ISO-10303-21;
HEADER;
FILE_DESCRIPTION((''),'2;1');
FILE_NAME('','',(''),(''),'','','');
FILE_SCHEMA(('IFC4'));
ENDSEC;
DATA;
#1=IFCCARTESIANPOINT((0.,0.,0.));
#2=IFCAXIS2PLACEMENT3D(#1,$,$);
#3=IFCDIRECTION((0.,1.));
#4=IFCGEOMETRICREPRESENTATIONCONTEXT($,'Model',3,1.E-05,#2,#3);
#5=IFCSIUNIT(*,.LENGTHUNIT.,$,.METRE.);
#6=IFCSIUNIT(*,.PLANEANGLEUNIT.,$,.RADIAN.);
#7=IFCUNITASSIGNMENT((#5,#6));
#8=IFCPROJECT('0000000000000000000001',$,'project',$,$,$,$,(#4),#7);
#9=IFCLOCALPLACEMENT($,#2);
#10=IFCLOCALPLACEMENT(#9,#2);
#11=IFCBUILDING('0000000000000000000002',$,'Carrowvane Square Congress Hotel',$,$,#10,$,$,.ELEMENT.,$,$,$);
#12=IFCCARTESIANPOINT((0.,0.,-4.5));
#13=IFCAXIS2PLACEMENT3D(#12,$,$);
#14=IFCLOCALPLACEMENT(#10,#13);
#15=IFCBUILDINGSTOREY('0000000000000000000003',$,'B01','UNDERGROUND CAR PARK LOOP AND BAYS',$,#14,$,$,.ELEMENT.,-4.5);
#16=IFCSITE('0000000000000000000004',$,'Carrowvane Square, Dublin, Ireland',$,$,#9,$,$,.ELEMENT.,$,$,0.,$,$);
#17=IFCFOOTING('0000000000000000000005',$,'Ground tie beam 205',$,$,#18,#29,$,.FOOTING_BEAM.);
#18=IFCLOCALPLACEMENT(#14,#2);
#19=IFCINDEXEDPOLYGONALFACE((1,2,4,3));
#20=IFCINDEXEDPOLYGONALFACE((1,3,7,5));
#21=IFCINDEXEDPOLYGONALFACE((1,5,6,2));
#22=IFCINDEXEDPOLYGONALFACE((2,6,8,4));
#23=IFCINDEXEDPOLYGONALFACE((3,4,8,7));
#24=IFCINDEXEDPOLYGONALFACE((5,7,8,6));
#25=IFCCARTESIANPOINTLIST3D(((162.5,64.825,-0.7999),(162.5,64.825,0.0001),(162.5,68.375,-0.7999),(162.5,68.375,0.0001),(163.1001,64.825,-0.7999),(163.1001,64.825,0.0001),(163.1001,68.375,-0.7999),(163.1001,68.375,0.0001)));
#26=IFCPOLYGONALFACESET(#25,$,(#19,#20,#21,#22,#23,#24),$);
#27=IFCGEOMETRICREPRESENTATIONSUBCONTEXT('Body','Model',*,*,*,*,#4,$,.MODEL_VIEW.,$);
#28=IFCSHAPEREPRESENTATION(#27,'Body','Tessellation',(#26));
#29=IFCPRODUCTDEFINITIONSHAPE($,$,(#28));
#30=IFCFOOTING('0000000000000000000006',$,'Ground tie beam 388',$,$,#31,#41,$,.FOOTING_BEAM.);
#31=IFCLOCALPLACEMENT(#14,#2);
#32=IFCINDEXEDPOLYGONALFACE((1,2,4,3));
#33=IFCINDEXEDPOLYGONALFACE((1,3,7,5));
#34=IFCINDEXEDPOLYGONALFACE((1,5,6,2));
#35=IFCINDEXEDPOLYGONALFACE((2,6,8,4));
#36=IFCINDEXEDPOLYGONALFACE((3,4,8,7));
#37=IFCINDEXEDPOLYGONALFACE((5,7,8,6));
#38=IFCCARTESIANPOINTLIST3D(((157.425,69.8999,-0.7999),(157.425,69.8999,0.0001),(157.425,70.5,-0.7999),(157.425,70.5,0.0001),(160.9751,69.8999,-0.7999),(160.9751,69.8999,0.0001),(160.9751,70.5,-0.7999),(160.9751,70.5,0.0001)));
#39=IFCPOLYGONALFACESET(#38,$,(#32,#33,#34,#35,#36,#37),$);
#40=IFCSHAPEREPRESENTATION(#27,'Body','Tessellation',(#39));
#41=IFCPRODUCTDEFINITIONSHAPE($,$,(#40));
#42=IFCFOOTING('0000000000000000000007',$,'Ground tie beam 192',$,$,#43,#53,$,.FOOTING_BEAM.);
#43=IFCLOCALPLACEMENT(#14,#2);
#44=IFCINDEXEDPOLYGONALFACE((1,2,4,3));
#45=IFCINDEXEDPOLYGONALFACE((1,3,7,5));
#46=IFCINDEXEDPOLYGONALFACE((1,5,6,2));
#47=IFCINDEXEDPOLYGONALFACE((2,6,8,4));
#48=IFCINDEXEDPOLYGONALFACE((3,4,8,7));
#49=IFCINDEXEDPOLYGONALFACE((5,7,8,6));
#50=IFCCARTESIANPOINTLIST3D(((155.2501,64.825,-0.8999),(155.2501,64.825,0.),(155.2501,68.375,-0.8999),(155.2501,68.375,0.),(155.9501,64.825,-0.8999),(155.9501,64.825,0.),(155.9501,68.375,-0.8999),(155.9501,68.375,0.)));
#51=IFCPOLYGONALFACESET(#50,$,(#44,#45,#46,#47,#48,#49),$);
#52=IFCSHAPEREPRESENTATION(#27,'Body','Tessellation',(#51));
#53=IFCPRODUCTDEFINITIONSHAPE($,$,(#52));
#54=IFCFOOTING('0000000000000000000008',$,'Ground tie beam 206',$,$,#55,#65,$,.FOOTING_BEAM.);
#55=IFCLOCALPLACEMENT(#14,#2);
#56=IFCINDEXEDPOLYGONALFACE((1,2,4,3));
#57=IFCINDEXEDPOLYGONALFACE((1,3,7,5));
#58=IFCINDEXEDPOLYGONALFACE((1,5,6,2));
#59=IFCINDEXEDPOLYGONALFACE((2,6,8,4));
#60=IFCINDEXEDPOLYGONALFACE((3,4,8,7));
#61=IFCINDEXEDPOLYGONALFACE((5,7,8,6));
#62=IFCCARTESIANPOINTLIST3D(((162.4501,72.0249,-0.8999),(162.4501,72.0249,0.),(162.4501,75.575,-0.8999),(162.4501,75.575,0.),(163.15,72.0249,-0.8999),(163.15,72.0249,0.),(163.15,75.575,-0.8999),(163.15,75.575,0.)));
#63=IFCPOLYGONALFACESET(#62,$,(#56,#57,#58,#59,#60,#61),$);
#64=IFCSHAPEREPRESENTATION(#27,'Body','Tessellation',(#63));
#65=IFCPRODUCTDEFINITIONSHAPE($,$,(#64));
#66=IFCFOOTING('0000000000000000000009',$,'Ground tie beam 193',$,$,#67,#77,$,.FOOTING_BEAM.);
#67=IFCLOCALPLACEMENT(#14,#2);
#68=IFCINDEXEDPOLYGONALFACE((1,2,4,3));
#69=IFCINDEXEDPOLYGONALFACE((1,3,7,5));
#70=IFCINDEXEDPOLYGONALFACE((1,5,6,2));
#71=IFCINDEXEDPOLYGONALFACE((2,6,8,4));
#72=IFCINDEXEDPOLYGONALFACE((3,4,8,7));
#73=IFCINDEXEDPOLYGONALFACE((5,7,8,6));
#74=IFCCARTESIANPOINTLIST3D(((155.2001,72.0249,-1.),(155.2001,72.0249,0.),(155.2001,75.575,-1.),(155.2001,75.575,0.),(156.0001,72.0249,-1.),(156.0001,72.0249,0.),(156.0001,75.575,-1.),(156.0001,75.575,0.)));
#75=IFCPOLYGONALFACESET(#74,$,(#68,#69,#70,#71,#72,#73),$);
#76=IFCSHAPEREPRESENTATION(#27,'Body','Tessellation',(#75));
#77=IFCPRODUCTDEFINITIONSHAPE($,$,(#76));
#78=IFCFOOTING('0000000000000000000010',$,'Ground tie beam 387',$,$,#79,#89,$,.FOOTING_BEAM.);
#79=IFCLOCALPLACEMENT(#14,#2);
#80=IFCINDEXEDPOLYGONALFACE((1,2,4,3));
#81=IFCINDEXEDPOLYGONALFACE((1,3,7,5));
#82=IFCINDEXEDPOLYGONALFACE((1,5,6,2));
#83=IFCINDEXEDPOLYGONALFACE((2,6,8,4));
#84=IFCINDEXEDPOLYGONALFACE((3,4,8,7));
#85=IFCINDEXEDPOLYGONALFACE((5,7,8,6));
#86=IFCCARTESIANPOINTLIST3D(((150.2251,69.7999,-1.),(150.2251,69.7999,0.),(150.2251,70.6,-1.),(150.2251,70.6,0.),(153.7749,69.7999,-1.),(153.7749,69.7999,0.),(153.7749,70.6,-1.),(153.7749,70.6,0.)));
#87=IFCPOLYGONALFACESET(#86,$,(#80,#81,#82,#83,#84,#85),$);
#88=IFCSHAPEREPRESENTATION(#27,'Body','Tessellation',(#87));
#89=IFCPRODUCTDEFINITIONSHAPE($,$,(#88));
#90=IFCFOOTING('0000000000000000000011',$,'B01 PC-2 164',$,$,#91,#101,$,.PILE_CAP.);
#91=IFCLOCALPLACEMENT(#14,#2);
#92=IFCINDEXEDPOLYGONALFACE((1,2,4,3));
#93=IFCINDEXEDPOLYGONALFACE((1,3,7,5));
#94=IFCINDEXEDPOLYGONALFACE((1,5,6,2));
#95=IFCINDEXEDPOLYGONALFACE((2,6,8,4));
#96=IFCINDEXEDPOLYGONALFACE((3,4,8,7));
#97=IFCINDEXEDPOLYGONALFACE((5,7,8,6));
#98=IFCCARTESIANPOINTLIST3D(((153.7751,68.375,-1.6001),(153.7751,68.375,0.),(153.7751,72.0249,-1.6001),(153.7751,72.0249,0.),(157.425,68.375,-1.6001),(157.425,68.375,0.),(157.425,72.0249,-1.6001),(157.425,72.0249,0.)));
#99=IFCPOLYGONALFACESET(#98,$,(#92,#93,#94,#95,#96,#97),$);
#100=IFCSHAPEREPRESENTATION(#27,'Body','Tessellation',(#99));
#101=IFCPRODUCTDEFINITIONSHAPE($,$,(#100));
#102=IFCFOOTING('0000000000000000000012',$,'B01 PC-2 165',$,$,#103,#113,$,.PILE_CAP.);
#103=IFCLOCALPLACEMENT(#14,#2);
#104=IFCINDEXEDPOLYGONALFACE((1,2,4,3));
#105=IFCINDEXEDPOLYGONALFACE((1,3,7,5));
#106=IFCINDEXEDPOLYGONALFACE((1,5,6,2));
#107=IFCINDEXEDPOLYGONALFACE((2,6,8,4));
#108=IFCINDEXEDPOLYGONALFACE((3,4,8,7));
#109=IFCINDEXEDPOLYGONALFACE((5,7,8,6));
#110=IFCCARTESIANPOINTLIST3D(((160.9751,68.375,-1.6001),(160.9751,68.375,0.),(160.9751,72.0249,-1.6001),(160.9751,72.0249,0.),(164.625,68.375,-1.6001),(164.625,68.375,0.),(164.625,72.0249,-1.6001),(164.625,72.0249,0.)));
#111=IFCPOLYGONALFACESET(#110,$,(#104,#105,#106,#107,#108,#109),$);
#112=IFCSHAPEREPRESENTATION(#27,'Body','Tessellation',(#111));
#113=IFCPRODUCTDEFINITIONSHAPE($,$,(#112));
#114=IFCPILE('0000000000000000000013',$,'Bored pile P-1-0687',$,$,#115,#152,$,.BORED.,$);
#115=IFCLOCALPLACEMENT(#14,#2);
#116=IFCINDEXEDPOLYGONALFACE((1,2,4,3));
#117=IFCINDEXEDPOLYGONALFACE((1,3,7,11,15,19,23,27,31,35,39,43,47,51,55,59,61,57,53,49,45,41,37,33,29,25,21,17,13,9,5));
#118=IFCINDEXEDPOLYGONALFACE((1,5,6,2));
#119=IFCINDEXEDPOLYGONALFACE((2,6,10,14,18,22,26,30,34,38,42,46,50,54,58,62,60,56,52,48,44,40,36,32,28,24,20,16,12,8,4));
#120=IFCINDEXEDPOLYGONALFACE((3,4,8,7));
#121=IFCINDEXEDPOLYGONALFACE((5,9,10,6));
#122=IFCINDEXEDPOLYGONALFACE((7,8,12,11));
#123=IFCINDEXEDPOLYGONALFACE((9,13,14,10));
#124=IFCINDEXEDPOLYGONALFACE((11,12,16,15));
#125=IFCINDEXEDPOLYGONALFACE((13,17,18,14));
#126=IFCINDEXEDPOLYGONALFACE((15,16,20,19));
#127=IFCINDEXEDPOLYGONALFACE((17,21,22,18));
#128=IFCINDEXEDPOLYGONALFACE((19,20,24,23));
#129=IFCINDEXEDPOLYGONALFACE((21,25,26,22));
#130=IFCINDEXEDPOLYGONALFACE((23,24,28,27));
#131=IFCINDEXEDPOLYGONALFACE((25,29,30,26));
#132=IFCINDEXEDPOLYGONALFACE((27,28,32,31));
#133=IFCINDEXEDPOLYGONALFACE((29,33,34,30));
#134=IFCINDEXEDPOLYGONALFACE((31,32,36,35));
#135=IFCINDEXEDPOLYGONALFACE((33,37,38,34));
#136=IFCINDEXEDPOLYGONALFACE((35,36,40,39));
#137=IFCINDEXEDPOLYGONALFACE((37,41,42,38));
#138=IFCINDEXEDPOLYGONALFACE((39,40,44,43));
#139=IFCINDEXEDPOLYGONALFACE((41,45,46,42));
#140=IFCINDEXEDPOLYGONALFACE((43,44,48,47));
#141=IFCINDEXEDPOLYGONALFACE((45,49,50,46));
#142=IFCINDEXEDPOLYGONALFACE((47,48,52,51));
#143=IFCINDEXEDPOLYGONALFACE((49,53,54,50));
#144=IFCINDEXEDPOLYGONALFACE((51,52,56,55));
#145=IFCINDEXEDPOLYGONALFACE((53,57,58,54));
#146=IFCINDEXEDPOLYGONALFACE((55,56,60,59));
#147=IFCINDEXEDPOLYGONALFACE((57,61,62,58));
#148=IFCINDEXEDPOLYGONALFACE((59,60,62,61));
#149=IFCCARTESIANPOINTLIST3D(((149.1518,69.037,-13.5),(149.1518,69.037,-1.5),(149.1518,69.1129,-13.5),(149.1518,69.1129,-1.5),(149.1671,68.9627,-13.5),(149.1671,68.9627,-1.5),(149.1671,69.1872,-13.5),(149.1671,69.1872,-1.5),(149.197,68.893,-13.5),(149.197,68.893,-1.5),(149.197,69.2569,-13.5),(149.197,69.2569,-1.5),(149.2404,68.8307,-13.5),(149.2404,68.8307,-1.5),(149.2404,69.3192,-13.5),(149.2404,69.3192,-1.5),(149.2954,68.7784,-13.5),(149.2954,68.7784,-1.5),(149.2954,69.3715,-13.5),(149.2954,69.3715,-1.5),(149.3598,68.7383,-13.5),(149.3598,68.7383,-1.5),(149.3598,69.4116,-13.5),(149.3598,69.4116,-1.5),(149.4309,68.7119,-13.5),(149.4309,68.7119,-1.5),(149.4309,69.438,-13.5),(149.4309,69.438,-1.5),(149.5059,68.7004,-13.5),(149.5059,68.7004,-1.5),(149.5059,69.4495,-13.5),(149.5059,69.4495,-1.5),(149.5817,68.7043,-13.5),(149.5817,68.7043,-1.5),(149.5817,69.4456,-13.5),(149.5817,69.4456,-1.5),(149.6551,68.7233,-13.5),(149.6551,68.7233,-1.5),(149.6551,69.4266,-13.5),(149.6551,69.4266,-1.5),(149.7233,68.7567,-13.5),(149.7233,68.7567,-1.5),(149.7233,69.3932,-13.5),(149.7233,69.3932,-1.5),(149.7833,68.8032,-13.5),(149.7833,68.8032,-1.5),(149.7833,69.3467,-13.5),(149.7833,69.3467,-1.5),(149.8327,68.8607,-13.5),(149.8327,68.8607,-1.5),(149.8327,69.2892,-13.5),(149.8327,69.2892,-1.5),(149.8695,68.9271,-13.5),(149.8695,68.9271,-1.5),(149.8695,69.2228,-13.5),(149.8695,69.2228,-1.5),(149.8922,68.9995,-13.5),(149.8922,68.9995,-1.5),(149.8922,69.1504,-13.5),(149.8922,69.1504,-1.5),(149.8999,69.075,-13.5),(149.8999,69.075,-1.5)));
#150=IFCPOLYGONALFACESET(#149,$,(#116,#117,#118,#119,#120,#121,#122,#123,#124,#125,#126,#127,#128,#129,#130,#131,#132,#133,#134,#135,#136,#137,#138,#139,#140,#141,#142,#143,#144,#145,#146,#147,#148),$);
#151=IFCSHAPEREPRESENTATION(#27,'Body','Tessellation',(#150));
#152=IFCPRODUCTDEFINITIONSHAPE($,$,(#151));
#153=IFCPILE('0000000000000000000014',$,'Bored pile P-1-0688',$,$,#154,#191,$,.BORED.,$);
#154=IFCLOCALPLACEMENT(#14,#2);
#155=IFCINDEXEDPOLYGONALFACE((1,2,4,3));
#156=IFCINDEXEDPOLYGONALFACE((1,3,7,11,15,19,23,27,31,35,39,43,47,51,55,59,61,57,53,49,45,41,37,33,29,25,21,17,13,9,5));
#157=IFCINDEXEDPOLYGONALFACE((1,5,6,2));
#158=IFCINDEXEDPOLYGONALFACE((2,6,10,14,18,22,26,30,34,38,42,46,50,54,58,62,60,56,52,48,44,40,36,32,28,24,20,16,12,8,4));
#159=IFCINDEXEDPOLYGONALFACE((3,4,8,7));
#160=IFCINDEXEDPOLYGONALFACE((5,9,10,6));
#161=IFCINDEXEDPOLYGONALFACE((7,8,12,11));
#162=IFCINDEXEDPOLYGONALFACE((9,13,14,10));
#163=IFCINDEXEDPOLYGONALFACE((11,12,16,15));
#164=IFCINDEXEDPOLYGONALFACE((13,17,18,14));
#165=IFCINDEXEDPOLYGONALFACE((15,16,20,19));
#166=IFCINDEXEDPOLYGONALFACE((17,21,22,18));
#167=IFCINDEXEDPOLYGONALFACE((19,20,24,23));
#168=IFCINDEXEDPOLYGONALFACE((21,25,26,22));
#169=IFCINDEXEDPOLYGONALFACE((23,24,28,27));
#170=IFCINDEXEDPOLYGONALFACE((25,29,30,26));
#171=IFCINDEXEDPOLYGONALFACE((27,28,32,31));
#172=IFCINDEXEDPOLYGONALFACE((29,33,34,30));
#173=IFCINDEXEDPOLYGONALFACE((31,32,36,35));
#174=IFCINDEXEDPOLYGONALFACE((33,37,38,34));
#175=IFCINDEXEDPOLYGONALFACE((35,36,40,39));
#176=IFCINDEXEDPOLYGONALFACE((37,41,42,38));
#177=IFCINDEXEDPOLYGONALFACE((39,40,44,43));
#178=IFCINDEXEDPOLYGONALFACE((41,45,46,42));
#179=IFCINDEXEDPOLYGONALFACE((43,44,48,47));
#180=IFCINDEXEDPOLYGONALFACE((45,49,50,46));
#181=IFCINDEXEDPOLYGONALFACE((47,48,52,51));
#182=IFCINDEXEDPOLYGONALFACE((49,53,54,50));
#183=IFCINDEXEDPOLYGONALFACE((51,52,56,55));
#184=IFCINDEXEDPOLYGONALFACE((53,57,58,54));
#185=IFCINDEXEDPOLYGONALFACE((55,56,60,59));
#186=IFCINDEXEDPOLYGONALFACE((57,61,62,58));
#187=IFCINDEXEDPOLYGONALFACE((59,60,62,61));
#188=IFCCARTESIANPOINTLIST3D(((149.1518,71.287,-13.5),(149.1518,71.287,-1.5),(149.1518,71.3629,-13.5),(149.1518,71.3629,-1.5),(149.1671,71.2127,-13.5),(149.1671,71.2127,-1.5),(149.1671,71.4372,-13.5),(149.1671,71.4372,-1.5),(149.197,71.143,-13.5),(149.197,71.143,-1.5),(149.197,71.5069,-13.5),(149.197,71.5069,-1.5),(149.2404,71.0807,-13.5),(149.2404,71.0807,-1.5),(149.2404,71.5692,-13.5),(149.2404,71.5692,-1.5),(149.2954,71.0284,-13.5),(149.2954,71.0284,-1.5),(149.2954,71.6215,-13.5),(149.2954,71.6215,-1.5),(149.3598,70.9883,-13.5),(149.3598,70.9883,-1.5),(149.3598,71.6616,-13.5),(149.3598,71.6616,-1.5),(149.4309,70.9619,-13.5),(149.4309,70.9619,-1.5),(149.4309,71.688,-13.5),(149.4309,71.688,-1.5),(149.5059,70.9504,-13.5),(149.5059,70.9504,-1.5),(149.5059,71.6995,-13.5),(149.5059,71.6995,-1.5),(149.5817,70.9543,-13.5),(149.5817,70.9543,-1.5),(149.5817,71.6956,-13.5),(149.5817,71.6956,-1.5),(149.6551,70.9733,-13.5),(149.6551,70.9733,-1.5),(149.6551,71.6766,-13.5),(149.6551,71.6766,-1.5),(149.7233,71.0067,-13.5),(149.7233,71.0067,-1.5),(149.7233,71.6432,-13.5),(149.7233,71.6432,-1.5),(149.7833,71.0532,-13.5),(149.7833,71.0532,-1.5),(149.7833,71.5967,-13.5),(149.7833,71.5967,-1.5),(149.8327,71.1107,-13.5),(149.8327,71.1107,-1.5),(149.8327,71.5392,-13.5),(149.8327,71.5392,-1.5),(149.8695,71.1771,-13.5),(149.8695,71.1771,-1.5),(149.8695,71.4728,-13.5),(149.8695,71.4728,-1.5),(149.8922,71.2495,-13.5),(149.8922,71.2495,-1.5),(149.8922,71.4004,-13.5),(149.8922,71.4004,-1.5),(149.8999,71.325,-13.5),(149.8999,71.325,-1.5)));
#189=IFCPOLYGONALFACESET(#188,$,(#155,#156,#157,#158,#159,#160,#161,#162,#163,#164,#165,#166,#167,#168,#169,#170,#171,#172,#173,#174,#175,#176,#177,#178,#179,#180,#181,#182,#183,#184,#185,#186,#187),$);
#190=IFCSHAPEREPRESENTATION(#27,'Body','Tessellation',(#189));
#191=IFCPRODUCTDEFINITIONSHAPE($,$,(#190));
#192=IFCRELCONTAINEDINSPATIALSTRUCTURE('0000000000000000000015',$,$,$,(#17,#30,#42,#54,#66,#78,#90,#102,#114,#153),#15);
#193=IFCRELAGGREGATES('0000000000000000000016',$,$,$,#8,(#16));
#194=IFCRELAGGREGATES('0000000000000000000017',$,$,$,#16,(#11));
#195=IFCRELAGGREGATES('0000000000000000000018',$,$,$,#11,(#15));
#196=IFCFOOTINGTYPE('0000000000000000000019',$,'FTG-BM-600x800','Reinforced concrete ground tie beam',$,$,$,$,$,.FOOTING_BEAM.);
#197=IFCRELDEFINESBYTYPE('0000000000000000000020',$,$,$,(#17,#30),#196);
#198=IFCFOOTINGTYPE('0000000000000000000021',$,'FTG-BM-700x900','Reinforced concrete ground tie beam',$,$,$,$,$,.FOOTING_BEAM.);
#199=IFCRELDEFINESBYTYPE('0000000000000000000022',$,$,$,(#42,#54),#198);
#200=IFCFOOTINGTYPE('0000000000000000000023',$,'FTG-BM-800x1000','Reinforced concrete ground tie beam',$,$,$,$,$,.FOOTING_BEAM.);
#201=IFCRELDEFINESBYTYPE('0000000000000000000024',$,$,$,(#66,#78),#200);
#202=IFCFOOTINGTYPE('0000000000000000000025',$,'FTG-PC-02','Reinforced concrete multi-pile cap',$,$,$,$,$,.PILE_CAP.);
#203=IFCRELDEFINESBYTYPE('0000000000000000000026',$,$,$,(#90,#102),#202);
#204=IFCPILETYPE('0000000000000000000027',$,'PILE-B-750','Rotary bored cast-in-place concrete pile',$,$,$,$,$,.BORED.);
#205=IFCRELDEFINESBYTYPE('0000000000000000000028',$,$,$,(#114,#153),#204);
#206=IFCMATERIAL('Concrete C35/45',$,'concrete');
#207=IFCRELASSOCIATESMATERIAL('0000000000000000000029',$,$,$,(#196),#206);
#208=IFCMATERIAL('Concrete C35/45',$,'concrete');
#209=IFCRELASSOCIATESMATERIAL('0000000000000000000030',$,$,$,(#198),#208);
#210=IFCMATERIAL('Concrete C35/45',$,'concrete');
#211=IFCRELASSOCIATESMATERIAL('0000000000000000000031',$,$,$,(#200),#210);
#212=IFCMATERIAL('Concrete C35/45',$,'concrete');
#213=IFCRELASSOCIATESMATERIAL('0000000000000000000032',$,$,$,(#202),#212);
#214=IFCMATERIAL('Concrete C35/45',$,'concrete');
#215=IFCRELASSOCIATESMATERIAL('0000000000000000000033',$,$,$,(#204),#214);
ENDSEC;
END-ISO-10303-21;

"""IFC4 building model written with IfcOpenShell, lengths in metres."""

from ifc_helpers import new_model, si_unit, direction, frame, origin, origin_2d, place, context, subcontext, project, spatial, rectangle, circle, extrude, material, material_profile, profile_set, type_object, element, save


model = new_model("IFC4")

# Units and contexts
model_context = context("Model", 3, precision=1e-05, world=origin(), true_north=direction((0.0, 1.0)))
body_context = subcontext(model_context, "Body", "Model", "MODEL_VIEW")
ifc_project = project(units=[si_unit("LENGTHUNIT", "METRE"), si_unit("PLANEANGLEUNIT", "RADIAN")], contexts=[model_context])

# Site, building, storey
site_placement = place(None, origin())
site = spatial("IfcSite", under=ifc_project, at=site_placement, Name="Carrowvane Square, Dublin, Ireland", CompositionType="ELEMENT", RefElevation=0.0)
building_placement = place(site_placement, origin())
building = spatial("IfcBuilding", under=site, at=building_placement, Name="Carrowvane Square Congress Hotel", CompositionType="ELEMENT")
storey_placement = place(building_placement, frame((0.0, 0.0, -4.5)))
storey = spatial("IfcBuildingStorey", under=building, at=storey_placement, Name="B01", Description="UNDERGROUND CAR PARK LOOP AND BAYS", CompositionType="ELEMENT", Elevation=-4.5)

# Footings
ifc_material_1 = material(Name="Concrete C35/45", Category="concrete")
ifc_material_profile_1 = material_profile(ifc_material_1, rectangle(XDim=0.6001, YDim=0.8, at=origin_2d()), Name="RC 600x800")
ifc_profile_set_1 = profile_set([ifc_material_profile_1], Name="Concrete C35/45")
footing_type_1 = type_object("IfcFootingType", Name="FTG-BM-600x800", Description="Reinforced concrete ground tie beam", PredefinedType="FOOTING_BEAM", material=ifc_profile_set_1)
for number, where, z_axis, x_axis, name in (
    (1, (162.8, 64.825, -0.3999), (0.0, 1.0, 0.0), (-1.0, 0.0, 0.0), "Ground tie beam 205"),
    (2, (157.425, 70.2, -0.3999), (1.0, 0.0, 0.0), (0.0, 1.0, 0.0), "Ground tie beam 388"),
):
    element("IfcFooting", number, at=place(storey_placement, frame(where, z_axis=z_axis, x_axis=x_axis)), inside=storey, type_object=footing_type_1, Name=name, PredefinedType="FOOTING_BEAM", context=body_context, shape_type="SweptSolid", body=[
        extrude(rectangle(XDim=0.6001, YDim=0.8, at=origin_2d()), origin(), (0.0, 0.0, 1.0), 3.55),
    ])
ifc_material_2 = material(Name="Concrete C35/45", Category="concrete")
ifc_material_profile_2 = material_profile(ifc_material_2, rectangle(XDim=0.7, YDim=0.8999, at=origin_2d()), Name="RC 700x900")
ifc_profile_set_2 = profile_set([ifc_material_profile_2], Name="Concrete C35/45")
footing_type_2 = type_object("IfcFootingType", Name="FTG-BM-700x900", Description="Reinforced concrete ground tie beam", PredefinedType="FOOTING_BEAM", material=ifc_profile_set_2)
for number, where, z_axis, x_axis, name in (
    (3, (155.6001, 64.825, -0.45), (0.0, 1.0, 0.0), (-1.0, 0.0, 0.0), "Ground tie beam 192"),
    (4, (162.8, 72.0249, -0.45), (0.0, 1.0, 0.0), (-1.0, 0.0, 0.0), "Ground tie beam 206"),
):
    element("IfcFooting", number, at=place(storey_placement, frame(where, z_axis=z_axis, x_axis=x_axis)), inside=storey, type_object=footing_type_2, Name=name, PredefinedType="FOOTING_BEAM", context=body_context, shape_type="SweptSolid", body=[
        extrude(rectangle(XDim=0.7, YDim=0.8999, at=origin_2d()), origin(), (0.0, 0.0, 1.0), 3.55),
    ])
ifc_material_3 = material(Name="Concrete C35/45", Category="concrete")
ifc_material_profile_3 = material_profile(ifc_material_3, rectangle(XDim=0.8, YDim=1.0, at=origin_2d()), Name="RC 800x1000")
ifc_profile_set_3 = profile_set([ifc_material_profile_3], Name="Concrete C35/45")
footing_type_3 = type_object("IfcFootingType", Name="FTG-BM-800x1000", Description="Reinforced concrete ground tie beam", PredefinedType="FOOTING_BEAM", material=ifc_profile_set_3)
footing_1_placement = place(storey_placement, frame((155.6001, 72.0249, -0.5), z_axis=(0.0, 1.0, 0.0), x_axis=(-1.0, 0.0, 0.0)))
element("IfcFooting", 5, at=footing_1_placement, inside=storey, type_object=footing_type_3, Name="Ground tie beam 193", PredefinedType="FOOTING_BEAM", context=body_context, shape_type="SweptSolid", body=[
    extrude(rectangle(XDim=0.8, YDim=1.0, at=origin_2d()), origin(), (0.0, 0.0, 1.0), 3.55),
])
footing_2_placement = place(storey_placement, frame((150.2251, 70.2, -0.5), z_axis=(1.0, 0.0, 0.0), x_axis=(0.0, 1.0, 0.0)))
element("IfcFooting", 6, at=footing_2_placement, inside=storey, type_object=footing_type_3, Name="Ground tie beam 387", PredefinedType="FOOTING_BEAM", context=body_context, shape_type="SweptSolid", body=[
    extrude(rectangle(XDim=0.8, YDim=1.0, at=origin_2d()), origin(), (0.0, 0.0, 1.0), 3.5498),
])
ifc_material_4 = material(Name="Concrete C35/45", Category="concrete")
footing_type_4 = type_object("IfcFootingType", Name="FTG-PC-02", Description="Reinforced concrete multi-pile cap", PredefinedType="PILE_CAP", material=ifc_material_4)
for number, where, z_axis, x_axis, name in (
    (7, (155.6001, 70.2, -1.6001), (0.0, 0.0, 1.0), (1.0, 0.0, 0.0), "B01 PC-2 164"),
    (8, (162.8, 70.2, -1.6001), (0.0, 0.0, 1.0), (1.0, 0.0, 0.0), "B01 PC-2 165"),
):
    element("IfcFooting", number, at=place(storey_placement, frame(where, z_axis=z_axis, x_axis=x_axis)), inside=storey, type_object=footing_type_4, Name=name, PredefinedType="PILE_CAP", context=body_context, shape_type="SweptSolid", body=[
        extrude(rectangle(XDim=3.6499, YDim=3.6499, at=origin_2d()), origin(), (0.0, 0.0, 1.0), 1.6001),
    ])

# Piles
ifc_material_5 = material(Name="Concrete C35/45", Category="concrete")
ifc_material_profile_4 = material_profile(ifc_material_5, circle(Radius=0.375, at=origin_2d()), Name="PILE D750")
ifc_profile_set_4 = profile_set([ifc_material_profile_4], Name="Concrete C35/45")
pile_type = type_object("IfcPileType", Name="PILE-B-750", Description="Rotary bored cast-in-place concrete pile", PredefinedType="BORED", material=ifc_profile_set_4)
for number, where, z_axis, x_axis, name in (
    (9, (149.5249, 69.075, -1.5), (0.0, 0.0, -1.0), (1.0, 0.0, 0.0), "Bored pile P-1-0687"),
    (10, (149.5249, 71.325, -1.5), (0.0, 0.0, -1.0), (1.0, 0.0, 0.0), "Bored pile P-1-0688"),
):
    element("IfcPile", number, at=place(storey_placement, frame(where, z_axis=z_axis, x_axis=x_axis)), inside=storey, type_object=pile_type, Name=name, PredefinedType="BORED", context=body_context, shape_type="SweptSolid", body=[
        extrude(circle(Radius=0.375, at=origin_2d()), origin(), (0.0, 0.0, 1.0), 12.0),
    ])

save(model, "model.ifc")
